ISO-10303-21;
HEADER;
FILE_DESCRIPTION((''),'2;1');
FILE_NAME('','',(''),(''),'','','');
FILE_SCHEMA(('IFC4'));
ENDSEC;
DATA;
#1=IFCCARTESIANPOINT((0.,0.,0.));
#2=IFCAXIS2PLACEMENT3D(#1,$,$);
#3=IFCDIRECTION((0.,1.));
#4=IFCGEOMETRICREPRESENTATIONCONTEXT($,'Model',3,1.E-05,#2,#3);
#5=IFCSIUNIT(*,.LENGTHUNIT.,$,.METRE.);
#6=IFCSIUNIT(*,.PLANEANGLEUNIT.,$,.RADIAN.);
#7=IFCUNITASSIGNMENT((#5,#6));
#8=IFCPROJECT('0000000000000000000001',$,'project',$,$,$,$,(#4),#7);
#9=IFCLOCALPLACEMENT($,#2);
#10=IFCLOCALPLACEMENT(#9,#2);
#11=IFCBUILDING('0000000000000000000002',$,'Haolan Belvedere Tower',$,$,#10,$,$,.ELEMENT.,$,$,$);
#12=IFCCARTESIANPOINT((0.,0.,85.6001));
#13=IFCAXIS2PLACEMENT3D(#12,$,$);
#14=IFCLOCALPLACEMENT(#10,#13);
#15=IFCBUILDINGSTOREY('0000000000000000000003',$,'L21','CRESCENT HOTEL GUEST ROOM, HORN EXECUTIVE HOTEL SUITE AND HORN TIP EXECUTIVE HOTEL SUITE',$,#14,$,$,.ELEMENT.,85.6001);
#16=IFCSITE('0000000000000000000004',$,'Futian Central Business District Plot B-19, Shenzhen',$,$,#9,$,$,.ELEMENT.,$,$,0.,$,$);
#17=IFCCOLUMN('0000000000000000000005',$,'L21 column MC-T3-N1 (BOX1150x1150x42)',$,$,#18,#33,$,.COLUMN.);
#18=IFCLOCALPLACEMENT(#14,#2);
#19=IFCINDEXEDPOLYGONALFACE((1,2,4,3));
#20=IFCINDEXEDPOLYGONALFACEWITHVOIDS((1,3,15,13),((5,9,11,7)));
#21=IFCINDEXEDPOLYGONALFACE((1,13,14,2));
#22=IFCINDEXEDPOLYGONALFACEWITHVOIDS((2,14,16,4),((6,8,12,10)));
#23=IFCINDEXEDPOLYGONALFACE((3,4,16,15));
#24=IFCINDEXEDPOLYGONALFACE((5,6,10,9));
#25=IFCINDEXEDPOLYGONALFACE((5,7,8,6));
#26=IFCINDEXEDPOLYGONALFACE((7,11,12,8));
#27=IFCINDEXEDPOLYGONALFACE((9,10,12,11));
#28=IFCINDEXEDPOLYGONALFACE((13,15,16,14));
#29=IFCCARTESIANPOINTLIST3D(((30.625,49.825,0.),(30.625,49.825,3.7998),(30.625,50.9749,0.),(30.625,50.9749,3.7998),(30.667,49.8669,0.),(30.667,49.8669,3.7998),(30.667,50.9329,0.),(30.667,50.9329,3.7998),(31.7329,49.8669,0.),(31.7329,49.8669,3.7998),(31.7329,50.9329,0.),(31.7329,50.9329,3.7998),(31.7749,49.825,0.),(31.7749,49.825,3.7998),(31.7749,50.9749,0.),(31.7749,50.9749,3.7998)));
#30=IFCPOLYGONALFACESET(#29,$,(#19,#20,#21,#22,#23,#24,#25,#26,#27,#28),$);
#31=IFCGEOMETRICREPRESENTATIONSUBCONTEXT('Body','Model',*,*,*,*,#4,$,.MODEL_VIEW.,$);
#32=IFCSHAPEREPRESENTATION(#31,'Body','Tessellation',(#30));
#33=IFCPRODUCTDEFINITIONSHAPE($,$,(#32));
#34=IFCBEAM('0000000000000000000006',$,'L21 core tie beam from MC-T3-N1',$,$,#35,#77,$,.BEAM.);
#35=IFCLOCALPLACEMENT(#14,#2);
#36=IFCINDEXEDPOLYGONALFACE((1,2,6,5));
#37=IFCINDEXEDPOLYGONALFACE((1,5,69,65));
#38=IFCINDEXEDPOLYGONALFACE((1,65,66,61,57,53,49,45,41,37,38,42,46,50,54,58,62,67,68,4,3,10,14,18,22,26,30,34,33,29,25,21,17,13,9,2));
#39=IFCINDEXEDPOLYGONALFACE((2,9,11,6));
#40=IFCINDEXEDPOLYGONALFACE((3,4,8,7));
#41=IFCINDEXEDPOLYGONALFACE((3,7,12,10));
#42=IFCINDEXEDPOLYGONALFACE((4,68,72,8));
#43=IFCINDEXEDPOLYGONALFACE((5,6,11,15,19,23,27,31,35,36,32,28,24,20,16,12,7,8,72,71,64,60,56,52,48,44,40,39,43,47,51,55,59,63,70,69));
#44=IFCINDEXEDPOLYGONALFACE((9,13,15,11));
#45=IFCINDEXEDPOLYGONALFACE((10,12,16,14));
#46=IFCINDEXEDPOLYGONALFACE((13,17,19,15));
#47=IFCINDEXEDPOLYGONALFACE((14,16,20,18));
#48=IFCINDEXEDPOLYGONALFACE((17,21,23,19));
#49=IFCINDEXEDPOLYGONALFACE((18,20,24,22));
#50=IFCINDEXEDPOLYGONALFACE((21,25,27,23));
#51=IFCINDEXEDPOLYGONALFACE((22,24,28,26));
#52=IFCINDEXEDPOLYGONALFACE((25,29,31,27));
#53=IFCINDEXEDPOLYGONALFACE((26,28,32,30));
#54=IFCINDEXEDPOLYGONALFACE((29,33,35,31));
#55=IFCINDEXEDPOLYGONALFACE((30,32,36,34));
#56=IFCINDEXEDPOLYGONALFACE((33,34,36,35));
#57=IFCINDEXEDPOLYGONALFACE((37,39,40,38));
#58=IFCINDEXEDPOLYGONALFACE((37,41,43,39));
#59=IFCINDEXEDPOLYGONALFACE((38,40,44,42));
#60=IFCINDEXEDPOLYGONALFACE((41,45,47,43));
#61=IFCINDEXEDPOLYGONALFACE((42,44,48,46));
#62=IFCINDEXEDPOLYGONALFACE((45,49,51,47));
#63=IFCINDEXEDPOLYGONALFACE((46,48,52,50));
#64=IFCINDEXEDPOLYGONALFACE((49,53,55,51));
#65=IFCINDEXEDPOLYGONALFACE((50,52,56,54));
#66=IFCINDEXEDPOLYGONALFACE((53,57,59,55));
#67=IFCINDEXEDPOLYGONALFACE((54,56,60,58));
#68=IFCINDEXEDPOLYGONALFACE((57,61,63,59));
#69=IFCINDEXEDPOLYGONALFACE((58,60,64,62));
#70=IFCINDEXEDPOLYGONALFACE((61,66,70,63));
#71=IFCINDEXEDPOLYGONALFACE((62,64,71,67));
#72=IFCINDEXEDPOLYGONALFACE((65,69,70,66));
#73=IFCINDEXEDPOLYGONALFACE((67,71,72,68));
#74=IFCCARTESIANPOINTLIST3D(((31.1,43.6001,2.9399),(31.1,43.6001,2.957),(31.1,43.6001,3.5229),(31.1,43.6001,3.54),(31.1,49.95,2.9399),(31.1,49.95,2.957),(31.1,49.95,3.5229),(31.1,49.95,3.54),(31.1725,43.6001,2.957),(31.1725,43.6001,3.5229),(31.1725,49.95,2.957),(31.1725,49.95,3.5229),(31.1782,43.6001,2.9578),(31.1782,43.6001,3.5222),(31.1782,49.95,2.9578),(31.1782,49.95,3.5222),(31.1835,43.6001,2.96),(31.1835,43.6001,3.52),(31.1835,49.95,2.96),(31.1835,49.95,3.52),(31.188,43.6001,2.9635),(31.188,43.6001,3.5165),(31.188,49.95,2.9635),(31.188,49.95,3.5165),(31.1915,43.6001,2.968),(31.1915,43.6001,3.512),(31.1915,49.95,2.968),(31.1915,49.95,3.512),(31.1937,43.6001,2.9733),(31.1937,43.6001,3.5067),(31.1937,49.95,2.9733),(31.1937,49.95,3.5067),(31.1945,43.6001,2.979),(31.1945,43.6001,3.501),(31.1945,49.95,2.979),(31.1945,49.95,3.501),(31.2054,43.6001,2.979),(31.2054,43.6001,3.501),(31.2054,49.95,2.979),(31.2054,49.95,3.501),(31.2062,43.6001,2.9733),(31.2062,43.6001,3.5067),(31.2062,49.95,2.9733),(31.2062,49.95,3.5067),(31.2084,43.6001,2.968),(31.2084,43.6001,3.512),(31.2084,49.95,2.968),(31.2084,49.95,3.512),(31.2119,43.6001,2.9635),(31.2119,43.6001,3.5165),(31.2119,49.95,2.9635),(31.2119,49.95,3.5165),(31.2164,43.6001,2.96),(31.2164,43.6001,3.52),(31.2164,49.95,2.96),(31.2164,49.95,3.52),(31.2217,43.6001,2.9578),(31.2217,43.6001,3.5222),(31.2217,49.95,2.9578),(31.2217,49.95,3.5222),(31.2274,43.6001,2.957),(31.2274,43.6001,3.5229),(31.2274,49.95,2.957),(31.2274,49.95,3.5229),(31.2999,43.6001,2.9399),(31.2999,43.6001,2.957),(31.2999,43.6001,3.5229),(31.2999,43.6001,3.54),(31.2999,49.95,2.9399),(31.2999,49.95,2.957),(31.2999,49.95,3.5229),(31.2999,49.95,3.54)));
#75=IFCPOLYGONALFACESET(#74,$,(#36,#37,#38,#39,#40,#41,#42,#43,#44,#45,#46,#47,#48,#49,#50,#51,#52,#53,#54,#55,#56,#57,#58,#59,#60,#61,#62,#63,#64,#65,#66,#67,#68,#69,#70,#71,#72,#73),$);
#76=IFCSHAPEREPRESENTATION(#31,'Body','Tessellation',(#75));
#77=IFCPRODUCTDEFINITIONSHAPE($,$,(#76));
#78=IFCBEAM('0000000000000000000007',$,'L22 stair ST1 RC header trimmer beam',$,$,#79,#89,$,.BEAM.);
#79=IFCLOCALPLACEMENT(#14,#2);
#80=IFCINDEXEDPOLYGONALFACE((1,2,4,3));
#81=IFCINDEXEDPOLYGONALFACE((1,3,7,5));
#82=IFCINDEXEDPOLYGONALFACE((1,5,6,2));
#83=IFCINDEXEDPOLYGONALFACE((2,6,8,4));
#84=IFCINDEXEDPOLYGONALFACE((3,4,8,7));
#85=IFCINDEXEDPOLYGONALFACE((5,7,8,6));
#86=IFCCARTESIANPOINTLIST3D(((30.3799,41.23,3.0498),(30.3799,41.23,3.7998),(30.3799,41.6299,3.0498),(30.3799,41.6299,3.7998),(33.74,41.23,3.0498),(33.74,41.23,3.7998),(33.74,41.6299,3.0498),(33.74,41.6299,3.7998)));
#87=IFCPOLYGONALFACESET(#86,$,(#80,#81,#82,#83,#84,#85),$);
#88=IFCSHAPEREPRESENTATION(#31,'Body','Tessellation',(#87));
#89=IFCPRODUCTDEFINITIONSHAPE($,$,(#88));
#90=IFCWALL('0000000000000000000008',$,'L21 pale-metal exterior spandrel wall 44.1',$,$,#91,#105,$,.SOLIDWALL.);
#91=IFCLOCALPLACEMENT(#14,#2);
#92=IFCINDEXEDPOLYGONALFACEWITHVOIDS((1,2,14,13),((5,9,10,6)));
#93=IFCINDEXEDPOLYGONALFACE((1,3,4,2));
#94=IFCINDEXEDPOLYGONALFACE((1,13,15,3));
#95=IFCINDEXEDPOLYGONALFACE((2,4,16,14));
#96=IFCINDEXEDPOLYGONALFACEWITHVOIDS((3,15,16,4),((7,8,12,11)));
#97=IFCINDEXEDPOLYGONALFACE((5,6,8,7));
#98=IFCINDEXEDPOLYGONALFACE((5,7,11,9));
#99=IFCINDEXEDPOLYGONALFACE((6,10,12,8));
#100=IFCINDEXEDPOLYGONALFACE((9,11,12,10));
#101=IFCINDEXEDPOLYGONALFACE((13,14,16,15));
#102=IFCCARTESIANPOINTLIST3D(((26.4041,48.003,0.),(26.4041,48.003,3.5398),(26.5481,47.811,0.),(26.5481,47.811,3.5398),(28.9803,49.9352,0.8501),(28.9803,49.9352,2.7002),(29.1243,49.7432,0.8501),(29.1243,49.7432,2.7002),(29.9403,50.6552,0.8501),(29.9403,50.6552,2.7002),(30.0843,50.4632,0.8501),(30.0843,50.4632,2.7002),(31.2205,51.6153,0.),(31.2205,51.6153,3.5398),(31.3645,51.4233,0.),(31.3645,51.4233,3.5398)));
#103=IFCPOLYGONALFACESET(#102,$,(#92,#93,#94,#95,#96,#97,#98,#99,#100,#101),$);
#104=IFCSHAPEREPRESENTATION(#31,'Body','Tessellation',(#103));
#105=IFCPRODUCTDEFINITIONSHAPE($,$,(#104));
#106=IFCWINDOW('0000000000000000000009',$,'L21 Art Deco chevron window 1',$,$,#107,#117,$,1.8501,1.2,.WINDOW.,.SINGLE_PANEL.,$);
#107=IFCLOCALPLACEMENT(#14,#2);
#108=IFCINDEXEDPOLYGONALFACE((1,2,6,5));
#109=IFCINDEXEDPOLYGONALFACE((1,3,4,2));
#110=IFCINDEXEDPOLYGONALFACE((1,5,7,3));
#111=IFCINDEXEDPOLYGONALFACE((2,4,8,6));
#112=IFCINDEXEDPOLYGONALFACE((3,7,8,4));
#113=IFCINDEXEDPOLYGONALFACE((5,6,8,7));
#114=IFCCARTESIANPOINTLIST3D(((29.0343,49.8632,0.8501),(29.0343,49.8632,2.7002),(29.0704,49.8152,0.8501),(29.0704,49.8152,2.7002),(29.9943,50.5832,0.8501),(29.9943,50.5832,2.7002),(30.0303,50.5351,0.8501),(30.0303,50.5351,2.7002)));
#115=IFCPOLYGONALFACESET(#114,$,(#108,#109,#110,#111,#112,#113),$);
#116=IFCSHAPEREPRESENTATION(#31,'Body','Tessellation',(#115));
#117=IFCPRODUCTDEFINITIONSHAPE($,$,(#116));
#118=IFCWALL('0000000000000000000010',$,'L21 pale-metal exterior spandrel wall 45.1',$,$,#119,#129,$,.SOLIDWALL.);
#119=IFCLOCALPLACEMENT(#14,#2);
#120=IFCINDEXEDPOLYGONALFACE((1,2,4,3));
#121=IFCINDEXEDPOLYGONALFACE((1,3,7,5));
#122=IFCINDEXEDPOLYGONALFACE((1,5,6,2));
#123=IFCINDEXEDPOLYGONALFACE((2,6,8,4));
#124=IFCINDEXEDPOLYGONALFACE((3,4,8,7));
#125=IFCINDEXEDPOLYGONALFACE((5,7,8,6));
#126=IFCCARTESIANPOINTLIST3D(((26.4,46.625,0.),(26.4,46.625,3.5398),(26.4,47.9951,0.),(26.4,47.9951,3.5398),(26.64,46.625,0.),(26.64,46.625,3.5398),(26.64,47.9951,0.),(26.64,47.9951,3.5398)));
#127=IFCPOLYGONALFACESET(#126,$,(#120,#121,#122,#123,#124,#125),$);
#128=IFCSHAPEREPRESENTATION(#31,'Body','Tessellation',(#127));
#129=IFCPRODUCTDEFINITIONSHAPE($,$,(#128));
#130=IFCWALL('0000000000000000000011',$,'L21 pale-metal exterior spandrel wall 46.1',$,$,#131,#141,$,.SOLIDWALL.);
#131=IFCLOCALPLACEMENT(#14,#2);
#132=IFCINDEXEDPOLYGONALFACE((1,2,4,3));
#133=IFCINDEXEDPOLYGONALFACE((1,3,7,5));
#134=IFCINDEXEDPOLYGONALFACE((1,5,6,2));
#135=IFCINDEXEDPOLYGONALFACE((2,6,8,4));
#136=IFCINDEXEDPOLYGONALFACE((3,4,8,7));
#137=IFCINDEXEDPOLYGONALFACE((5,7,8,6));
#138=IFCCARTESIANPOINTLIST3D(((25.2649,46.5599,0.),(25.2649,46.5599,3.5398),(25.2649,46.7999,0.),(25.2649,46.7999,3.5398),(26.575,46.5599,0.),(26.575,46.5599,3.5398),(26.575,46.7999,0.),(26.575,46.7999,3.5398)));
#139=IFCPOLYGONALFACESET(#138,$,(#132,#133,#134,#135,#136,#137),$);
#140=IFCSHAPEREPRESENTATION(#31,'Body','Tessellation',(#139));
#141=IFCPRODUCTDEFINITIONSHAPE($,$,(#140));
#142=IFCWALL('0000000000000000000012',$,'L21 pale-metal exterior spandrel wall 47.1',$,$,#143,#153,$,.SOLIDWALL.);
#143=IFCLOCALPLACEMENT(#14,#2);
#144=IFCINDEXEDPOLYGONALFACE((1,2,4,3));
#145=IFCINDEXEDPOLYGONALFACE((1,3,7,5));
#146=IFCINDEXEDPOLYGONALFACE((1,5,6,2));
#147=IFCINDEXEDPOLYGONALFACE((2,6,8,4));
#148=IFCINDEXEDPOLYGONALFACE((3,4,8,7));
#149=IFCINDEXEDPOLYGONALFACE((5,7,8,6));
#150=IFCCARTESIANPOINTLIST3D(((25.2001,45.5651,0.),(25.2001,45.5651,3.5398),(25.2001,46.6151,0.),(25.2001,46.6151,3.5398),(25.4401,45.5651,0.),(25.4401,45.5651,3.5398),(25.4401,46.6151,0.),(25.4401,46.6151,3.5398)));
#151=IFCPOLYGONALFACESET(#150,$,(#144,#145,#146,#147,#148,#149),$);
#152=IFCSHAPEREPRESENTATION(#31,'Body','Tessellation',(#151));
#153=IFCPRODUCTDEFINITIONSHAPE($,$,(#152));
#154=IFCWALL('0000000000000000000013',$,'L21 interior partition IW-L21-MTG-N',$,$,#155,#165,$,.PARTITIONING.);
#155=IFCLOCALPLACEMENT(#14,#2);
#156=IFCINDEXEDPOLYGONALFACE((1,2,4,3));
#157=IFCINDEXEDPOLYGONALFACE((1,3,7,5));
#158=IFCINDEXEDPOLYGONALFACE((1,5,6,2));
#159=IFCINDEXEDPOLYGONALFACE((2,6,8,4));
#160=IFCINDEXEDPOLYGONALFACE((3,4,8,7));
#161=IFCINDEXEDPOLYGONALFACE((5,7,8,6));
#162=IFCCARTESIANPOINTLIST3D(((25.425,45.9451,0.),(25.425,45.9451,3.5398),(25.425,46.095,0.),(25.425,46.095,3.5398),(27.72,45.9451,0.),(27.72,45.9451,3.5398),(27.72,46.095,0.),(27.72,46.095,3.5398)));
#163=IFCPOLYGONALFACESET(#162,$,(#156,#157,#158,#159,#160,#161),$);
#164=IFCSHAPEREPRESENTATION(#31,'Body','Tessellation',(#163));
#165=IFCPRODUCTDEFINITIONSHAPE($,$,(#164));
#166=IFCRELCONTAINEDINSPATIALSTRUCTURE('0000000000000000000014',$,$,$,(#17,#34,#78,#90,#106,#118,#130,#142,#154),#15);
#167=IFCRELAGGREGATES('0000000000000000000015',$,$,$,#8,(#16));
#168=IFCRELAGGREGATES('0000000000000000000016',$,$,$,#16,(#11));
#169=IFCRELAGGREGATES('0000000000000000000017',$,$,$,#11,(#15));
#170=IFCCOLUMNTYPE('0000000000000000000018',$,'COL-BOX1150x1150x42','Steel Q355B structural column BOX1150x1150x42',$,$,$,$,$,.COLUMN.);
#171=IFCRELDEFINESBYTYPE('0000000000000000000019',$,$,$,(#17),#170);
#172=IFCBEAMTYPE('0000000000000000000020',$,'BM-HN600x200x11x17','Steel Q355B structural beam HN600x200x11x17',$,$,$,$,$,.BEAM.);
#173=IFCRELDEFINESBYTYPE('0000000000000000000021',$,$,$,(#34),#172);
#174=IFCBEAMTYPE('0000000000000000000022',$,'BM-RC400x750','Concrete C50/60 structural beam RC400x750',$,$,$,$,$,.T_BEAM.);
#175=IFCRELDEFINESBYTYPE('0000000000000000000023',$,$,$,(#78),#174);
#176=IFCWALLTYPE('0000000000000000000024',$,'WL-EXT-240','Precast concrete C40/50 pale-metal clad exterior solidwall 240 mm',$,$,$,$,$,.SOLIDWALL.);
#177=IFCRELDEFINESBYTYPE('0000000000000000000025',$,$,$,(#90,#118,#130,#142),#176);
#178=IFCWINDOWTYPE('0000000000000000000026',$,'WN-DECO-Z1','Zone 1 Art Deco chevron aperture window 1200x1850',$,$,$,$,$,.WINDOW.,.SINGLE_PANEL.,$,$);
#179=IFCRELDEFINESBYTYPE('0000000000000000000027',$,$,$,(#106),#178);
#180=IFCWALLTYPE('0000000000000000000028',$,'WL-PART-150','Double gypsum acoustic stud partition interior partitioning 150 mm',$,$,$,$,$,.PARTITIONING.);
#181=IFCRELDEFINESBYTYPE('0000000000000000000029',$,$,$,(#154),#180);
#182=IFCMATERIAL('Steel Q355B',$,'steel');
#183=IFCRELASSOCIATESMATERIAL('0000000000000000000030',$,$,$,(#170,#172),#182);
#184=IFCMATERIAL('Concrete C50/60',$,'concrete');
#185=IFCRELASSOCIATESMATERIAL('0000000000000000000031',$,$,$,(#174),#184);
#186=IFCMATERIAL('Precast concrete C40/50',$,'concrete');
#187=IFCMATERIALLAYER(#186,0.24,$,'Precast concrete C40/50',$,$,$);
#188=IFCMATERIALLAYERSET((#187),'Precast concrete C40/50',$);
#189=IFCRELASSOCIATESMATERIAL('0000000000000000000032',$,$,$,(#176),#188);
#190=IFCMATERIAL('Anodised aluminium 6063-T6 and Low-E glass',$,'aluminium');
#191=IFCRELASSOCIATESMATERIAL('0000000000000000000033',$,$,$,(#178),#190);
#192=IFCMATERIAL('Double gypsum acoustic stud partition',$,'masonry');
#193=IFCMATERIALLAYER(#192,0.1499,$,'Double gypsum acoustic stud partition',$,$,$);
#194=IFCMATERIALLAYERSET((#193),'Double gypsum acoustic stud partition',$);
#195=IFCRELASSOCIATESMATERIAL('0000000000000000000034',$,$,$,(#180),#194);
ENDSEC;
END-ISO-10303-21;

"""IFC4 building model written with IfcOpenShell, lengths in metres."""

from ifc_helpers import new_model, si_unit, direction, frame, frame_2d, origin, origin_2d, place, context, subcontext, project, spatial, rectangle, hollow_rectangle, i_section, extrude, material, layer, layer_set, material_profile, profile_set, type_object, element, fill, save


model = new_model("IFC4")

# Units and contexts
model_context = context("Model", 3, precision=1e-05, world=origin(), true_north=direction((0.0, 1.0)))
body_context = subcontext(model_context, "Body", "Model", "MODEL_VIEW")
ifc_project = project(units=[si_unit("LENGTHUNIT", "METRE"), si_unit("PLANEANGLEUNIT", "RADIAN")], contexts=[model_context])

# Site, building, storey
site_placement = place(None, origin())
site = spatial("IfcSite", under=ifc_project, at=site_placement, Name="Futian Central Business District Plot B-19, Shenzhen", CompositionType="ELEMENT", RefElevation=0.0)
building_placement = place(site_placement, origin())
building = spatial("IfcBuilding", under=site, at=building_placement, Name="Haolan Belvedere Tower", CompositionType="ELEMENT")
storey_placement = place(building_placement, frame((0.0, 0.0, 85.6001)))
storey = spatial("IfcBuildingStorey", under=building, at=storey_placement, Name="L21", Description="CRESCENT HOTEL GUEST ROOM, HORN EXECUTIVE HOTEL SUITE AND HORN TIP EXECUTIVE HOTEL SUITE", CompositionType="ELEMENT", Elevation=85.6001)

# Column
ifc_material_1 = material(Name="Steel Q355B", Category="steel")
ifc_material_profile_1 = material_profile(ifc_material_1, hollow_rectangle(XDim=1.1499, YDim=1.1499, WallThickness=0.042, at=origin_2d()), Name="Steel Q355B")
ifc_profile_set_1 = profile_set([ifc_material_profile_1], Name="Steel Q355B")
column_type = type_object("IfcColumnType", Name="COL-BOX1150x1150x42", Description="Steel Q355B structural column BOX1150x1150x42", PredefinedType="COLUMN", material=ifc_profile_set_1)
column_placement = place(storey_placement, frame((31.2, 50.3999, 0.0), z_axis=(0.0, 0.0, 1.0), x_axis=(1.0, 0.0, 0.0)))
element("IfcColumn", 1, at=column_placement, inside=storey, type_object=column_type, Name="L21 column MC-T3-N1 (BOX1150x1150x42)", PredefinedType="COLUMN", context=body_context, shape_type="SweptSolid", body=[
    extrude(hollow_rectangle(XDim=1.1499, YDim=1.1499, WallThickness=0.042, at=origin_2d()), origin(), (0.0, 0.0, 1.0), 3.7998),
])

# Beams
ifc_material_profile_2 = material_profile(ifc_material_1, i_section(OverallWidth=0.2, OverallDepth=0.6001, WebThickness=0.011, FlangeThickness=0.0171, FilletRadius=0.022, at=origin_2d()), Name="Steel Q355B")
ifc_profile_set_2 = profile_set([ifc_material_profile_2], Name="Steel Q355B")
beam_type_1 = type_object("IfcBeamType", Name="BM-HN600x200x11x17", Description="Steel Q355B structural beam HN600x200x11x17", PredefinedType="BEAM", material=ifc_profile_set_2)
beam_1_placement = place(storey_placement, frame((31.2, 49.95, 3.24), z_axis=(0.0, -1.0, 0.0), x_axis=(1.0, 0.0, 0.0)))
element("IfcBeam", 2, at=beam_1_placement, inside=storey, type_object=beam_type_1, Name="L21 core tie beam from MC-T3-N1", PredefinedType="BEAM", context=body_context, shape_type="SweptSolid", body=[
    extrude(i_section(OverallWidth=0.2, OverallDepth=0.6001, WebThickness=0.011, FlangeThickness=0.0171, FilletRadius=0.022, at=origin_2d()), origin(), (0.0, 0.0, 1.0), 6.3499),
])
ifc_material_2 = material(Name="Concrete C50/60", Category="concrete")
ifc_material_profile_3 = material_profile(ifc_material_2, rectangle(XDim=0.3999, YDim=0.75, at=origin_2d()), Name="Concrete C50/60")
ifc_profile_set_3 = profile_set([ifc_material_profile_3], Name="Concrete C50/60")
beam_type_2 = type_object("IfcBeamType", Name="BM-RC400x750", Description="Concrete C50/60 structural beam RC400x750", PredefinedType="T_BEAM", material=ifc_profile_set_3)
beam_2_placement = place(storey_placement, frame((30.3799, 41.4299, 3.4248), z_axis=(1.0, 0.0, 0.0), x_axis=(0.0, 1.0, 0.0)))
element("IfcBeam", 3, at=beam_2_placement, inside=storey, type_object=beam_type_2, Name="L22 stair ST1 RC header trimmer beam", PredefinedType="BEAM", context=body_context, shape_type="SweptSolid", body=[
    extrude(rectangle(XDim=0.3999, YDim=0.75, at=origin_2d()), origin(), (0.0, 0.0, 1.0), 3.3601),
])

# Wall, opening, window
ifc_material_3 = material(Name="Precast concrete C40/50", Category="concrete")
ifc_layer_1 = layer(ifc_material_3, 0.24, Name="Precast concrete C40/50")
ifc_layer_set_1 = layer_set([ifc_layer_1], Name="Precast concrete C40/50")
wall_type_1 = type_object("IfcWallType", Name="WL-EXT-240", Description="Precast concrete C40/50 pale-metal clad exterior solidwall 240 mm", PredefinedType="SOLIDWALL", material=ifc_layer_set_1)
wall_1_placement = place(storey_placement, frame((31.2925, 51.5193, 0.0), z_axis=(0.0, 0.0, 1.0), x_axis=(-0.8, -0.6, 0.0)))
wall_1 = element("IfcWall", 4, at=wall_1_placement, inside=storey, type_object=wall_type_1, Name="L21 pale-metal exterior spandrel wall 44.1", PredefinedType="SOLIDWALL", context=body_context, shape_type="SweptSolid", body=[
    extrude(rectangle(XDim=6.0205, YDim=0.24, at=frame_2d((3.0103, 0.0))), origin(), (0.0, 0.0, 1.0), 3.5398),
])
opening_1_placement = place(wall_1_placement, frame((1.6001, 0.0, 0.8501)))
opening_1 = element("IfcOpeningElement", 5, at=opening_1_placement, cuts=wall_1, PredefinedType="OPENING", context=body_context, shape_type="SweptSolid", body=[
    extrude(rectangle(XDim=1.2, YDim=1.8501, at=frame_2d((0.6001, 0.925))), frame((0.0, 0.1299, 0.0), z_axis=(0.0, -1.0, 0.0), x_axis=(1.0, 0.0, 0.0)), (0.0, 0.0, 1.0), 0.26),
])
ifc_material_4 = material(Name="Anodised aluminium 6063-T6 and Low-E glass", Category="aluminium")
window_type = type_object("IfcWindowType", Name="WN-DECO-Z1", Description="Zone 1 Art Deco chevron aperture window 1200x1850", PartitioningType="SINGLE_PANEL", PredefinedType="WINDOW", material=ifc_material_4)
window_placement = place(opening_1_placement, origin())
window = element("IfcWindow", 6, at=window_placement, inside=storey, type_object=window_type, Name="L21 Art Deco chevron window 1", OverallHeight=1.8501, OverallWidth=1.2, PartitioningType="SINGLE_PANEL", PredefinedType="WINDOW", context=body_context, shape_type="SweptSolid", body=[
    extrude(rectangle(XDim=1.2, YDim=1.8501, at=frame_2d((0.6001, 0.925))), frame((0.0, 0.03, 0.0), z_axis=(0.0, -1.0, 0.0), x_axis=(1.0, 0.0, 0.0)), (0.0, 0.0, 1.0), 0.0601),
])
fill(opening_1, window)

# Walls
wall_2_placement = place(storey_placement, frame((26.52, 47.9951, 0.0), z_axis=(0.0, 0.0, 1.0), x_axis=(0.0, -1.0, 0.0)))
element("IfcWall", 7, at=wall_2_placement, inside=storey, type_object=wall_type_1, Name="L21 pale-metal exterior spandrel wall 45.1", PredefinedType="SOLIDWALL", context=body_context, shape_type="SweptSolid", body=[
    extrude(rectangle(XDim=1.3701, YDim=0.24, at=frame_2d((0.6851, 0.0))), origin(), (0.0, 0.0, 1.0), 3.5398),
])
wall_3_placement = place(storey_placement, frame((26.575, 46.6799, 0.0), z_axis=(0.0, 0.0, 1.0), x_axis=(-1.0, 0.0, 0.0)))
element("IfcWall", 8, at=wall_3_placement, inside=storey, type_object=wall_type_1, Name="L21 pale-metal exterior spandrel wall 46.1", PredefinedType="SOLIDWALL", context=body_context, shape_type="SweptSolid", body=[
    extrude(rectangle(XDim=1.3101, YDim=0.24, at=frame_2d((0.655, 0.0))), origin(), (0.0, 0.0, 1.0), 3.5398),
])
wall_4_placement = place(storey_placement, frame((25.3201, 46.615, 0.0), z_axis=(0.0, 0.0, 1.0), x_axis=(0.0, -1.0, 0.0)))
element("IfcWall", 9, at=wall_4_placement, inside=storey, type_object=wall_type_1, Name="L21 pale-metal exterior spandrel wall 47.1", PredefinedType="SOLIDWALL", context=body_context, shape_type="SweptSolid", body=[
    extrude(rectangle(XDim=1.05, YDim=0.24, at=frame_2d((0.5249, 0.0))), origin(), (0.0, 0.0, 1.0), 3.5398),
])

# Wall
ifc_material_5 = material(Name="Double gypsum acoustic stud partition", Category="masonry")
ifc_layer_2 = layer(ifc_material_5, 0.1499, Name="Double gypsum acoustic stud partition")
ifc_layer_set_2 = layer_set([ifc_layer_2], Name="Double gypsum acoustic stud partition")
wall_type_2 = type_object("IfcWallType", Name="WL-PART-150", Description="Double gypsum acoustic stud partition interior partitioning 150 mm", PredefinedType="PARTITIONING", material=ifc_layer_set_2)
wall_5_placement = place(storey_placement, frame((25.425, 46.02, 0.0), z_axis=(0.0, 0.0, 1.0), x_axis=(1.0, 0.0, 0.0)))
element("IfcWall", 10, at=wall_5_placement, inside=storey, type_object=wall_type_2, Name="L21 interior partition IW-L21-MTG-N", PredefinedType="PARTITIONING", context=body_context, shape_type="SweptSolid", body=[
    extrude(rectangle(XDim=2.2949, YDim=0.1499, at=frame_2d((1.1475, 0.0))), origin(), (0.0, 0.0, 1.0), 3.5398),
])

save(model, "model.ifc")
